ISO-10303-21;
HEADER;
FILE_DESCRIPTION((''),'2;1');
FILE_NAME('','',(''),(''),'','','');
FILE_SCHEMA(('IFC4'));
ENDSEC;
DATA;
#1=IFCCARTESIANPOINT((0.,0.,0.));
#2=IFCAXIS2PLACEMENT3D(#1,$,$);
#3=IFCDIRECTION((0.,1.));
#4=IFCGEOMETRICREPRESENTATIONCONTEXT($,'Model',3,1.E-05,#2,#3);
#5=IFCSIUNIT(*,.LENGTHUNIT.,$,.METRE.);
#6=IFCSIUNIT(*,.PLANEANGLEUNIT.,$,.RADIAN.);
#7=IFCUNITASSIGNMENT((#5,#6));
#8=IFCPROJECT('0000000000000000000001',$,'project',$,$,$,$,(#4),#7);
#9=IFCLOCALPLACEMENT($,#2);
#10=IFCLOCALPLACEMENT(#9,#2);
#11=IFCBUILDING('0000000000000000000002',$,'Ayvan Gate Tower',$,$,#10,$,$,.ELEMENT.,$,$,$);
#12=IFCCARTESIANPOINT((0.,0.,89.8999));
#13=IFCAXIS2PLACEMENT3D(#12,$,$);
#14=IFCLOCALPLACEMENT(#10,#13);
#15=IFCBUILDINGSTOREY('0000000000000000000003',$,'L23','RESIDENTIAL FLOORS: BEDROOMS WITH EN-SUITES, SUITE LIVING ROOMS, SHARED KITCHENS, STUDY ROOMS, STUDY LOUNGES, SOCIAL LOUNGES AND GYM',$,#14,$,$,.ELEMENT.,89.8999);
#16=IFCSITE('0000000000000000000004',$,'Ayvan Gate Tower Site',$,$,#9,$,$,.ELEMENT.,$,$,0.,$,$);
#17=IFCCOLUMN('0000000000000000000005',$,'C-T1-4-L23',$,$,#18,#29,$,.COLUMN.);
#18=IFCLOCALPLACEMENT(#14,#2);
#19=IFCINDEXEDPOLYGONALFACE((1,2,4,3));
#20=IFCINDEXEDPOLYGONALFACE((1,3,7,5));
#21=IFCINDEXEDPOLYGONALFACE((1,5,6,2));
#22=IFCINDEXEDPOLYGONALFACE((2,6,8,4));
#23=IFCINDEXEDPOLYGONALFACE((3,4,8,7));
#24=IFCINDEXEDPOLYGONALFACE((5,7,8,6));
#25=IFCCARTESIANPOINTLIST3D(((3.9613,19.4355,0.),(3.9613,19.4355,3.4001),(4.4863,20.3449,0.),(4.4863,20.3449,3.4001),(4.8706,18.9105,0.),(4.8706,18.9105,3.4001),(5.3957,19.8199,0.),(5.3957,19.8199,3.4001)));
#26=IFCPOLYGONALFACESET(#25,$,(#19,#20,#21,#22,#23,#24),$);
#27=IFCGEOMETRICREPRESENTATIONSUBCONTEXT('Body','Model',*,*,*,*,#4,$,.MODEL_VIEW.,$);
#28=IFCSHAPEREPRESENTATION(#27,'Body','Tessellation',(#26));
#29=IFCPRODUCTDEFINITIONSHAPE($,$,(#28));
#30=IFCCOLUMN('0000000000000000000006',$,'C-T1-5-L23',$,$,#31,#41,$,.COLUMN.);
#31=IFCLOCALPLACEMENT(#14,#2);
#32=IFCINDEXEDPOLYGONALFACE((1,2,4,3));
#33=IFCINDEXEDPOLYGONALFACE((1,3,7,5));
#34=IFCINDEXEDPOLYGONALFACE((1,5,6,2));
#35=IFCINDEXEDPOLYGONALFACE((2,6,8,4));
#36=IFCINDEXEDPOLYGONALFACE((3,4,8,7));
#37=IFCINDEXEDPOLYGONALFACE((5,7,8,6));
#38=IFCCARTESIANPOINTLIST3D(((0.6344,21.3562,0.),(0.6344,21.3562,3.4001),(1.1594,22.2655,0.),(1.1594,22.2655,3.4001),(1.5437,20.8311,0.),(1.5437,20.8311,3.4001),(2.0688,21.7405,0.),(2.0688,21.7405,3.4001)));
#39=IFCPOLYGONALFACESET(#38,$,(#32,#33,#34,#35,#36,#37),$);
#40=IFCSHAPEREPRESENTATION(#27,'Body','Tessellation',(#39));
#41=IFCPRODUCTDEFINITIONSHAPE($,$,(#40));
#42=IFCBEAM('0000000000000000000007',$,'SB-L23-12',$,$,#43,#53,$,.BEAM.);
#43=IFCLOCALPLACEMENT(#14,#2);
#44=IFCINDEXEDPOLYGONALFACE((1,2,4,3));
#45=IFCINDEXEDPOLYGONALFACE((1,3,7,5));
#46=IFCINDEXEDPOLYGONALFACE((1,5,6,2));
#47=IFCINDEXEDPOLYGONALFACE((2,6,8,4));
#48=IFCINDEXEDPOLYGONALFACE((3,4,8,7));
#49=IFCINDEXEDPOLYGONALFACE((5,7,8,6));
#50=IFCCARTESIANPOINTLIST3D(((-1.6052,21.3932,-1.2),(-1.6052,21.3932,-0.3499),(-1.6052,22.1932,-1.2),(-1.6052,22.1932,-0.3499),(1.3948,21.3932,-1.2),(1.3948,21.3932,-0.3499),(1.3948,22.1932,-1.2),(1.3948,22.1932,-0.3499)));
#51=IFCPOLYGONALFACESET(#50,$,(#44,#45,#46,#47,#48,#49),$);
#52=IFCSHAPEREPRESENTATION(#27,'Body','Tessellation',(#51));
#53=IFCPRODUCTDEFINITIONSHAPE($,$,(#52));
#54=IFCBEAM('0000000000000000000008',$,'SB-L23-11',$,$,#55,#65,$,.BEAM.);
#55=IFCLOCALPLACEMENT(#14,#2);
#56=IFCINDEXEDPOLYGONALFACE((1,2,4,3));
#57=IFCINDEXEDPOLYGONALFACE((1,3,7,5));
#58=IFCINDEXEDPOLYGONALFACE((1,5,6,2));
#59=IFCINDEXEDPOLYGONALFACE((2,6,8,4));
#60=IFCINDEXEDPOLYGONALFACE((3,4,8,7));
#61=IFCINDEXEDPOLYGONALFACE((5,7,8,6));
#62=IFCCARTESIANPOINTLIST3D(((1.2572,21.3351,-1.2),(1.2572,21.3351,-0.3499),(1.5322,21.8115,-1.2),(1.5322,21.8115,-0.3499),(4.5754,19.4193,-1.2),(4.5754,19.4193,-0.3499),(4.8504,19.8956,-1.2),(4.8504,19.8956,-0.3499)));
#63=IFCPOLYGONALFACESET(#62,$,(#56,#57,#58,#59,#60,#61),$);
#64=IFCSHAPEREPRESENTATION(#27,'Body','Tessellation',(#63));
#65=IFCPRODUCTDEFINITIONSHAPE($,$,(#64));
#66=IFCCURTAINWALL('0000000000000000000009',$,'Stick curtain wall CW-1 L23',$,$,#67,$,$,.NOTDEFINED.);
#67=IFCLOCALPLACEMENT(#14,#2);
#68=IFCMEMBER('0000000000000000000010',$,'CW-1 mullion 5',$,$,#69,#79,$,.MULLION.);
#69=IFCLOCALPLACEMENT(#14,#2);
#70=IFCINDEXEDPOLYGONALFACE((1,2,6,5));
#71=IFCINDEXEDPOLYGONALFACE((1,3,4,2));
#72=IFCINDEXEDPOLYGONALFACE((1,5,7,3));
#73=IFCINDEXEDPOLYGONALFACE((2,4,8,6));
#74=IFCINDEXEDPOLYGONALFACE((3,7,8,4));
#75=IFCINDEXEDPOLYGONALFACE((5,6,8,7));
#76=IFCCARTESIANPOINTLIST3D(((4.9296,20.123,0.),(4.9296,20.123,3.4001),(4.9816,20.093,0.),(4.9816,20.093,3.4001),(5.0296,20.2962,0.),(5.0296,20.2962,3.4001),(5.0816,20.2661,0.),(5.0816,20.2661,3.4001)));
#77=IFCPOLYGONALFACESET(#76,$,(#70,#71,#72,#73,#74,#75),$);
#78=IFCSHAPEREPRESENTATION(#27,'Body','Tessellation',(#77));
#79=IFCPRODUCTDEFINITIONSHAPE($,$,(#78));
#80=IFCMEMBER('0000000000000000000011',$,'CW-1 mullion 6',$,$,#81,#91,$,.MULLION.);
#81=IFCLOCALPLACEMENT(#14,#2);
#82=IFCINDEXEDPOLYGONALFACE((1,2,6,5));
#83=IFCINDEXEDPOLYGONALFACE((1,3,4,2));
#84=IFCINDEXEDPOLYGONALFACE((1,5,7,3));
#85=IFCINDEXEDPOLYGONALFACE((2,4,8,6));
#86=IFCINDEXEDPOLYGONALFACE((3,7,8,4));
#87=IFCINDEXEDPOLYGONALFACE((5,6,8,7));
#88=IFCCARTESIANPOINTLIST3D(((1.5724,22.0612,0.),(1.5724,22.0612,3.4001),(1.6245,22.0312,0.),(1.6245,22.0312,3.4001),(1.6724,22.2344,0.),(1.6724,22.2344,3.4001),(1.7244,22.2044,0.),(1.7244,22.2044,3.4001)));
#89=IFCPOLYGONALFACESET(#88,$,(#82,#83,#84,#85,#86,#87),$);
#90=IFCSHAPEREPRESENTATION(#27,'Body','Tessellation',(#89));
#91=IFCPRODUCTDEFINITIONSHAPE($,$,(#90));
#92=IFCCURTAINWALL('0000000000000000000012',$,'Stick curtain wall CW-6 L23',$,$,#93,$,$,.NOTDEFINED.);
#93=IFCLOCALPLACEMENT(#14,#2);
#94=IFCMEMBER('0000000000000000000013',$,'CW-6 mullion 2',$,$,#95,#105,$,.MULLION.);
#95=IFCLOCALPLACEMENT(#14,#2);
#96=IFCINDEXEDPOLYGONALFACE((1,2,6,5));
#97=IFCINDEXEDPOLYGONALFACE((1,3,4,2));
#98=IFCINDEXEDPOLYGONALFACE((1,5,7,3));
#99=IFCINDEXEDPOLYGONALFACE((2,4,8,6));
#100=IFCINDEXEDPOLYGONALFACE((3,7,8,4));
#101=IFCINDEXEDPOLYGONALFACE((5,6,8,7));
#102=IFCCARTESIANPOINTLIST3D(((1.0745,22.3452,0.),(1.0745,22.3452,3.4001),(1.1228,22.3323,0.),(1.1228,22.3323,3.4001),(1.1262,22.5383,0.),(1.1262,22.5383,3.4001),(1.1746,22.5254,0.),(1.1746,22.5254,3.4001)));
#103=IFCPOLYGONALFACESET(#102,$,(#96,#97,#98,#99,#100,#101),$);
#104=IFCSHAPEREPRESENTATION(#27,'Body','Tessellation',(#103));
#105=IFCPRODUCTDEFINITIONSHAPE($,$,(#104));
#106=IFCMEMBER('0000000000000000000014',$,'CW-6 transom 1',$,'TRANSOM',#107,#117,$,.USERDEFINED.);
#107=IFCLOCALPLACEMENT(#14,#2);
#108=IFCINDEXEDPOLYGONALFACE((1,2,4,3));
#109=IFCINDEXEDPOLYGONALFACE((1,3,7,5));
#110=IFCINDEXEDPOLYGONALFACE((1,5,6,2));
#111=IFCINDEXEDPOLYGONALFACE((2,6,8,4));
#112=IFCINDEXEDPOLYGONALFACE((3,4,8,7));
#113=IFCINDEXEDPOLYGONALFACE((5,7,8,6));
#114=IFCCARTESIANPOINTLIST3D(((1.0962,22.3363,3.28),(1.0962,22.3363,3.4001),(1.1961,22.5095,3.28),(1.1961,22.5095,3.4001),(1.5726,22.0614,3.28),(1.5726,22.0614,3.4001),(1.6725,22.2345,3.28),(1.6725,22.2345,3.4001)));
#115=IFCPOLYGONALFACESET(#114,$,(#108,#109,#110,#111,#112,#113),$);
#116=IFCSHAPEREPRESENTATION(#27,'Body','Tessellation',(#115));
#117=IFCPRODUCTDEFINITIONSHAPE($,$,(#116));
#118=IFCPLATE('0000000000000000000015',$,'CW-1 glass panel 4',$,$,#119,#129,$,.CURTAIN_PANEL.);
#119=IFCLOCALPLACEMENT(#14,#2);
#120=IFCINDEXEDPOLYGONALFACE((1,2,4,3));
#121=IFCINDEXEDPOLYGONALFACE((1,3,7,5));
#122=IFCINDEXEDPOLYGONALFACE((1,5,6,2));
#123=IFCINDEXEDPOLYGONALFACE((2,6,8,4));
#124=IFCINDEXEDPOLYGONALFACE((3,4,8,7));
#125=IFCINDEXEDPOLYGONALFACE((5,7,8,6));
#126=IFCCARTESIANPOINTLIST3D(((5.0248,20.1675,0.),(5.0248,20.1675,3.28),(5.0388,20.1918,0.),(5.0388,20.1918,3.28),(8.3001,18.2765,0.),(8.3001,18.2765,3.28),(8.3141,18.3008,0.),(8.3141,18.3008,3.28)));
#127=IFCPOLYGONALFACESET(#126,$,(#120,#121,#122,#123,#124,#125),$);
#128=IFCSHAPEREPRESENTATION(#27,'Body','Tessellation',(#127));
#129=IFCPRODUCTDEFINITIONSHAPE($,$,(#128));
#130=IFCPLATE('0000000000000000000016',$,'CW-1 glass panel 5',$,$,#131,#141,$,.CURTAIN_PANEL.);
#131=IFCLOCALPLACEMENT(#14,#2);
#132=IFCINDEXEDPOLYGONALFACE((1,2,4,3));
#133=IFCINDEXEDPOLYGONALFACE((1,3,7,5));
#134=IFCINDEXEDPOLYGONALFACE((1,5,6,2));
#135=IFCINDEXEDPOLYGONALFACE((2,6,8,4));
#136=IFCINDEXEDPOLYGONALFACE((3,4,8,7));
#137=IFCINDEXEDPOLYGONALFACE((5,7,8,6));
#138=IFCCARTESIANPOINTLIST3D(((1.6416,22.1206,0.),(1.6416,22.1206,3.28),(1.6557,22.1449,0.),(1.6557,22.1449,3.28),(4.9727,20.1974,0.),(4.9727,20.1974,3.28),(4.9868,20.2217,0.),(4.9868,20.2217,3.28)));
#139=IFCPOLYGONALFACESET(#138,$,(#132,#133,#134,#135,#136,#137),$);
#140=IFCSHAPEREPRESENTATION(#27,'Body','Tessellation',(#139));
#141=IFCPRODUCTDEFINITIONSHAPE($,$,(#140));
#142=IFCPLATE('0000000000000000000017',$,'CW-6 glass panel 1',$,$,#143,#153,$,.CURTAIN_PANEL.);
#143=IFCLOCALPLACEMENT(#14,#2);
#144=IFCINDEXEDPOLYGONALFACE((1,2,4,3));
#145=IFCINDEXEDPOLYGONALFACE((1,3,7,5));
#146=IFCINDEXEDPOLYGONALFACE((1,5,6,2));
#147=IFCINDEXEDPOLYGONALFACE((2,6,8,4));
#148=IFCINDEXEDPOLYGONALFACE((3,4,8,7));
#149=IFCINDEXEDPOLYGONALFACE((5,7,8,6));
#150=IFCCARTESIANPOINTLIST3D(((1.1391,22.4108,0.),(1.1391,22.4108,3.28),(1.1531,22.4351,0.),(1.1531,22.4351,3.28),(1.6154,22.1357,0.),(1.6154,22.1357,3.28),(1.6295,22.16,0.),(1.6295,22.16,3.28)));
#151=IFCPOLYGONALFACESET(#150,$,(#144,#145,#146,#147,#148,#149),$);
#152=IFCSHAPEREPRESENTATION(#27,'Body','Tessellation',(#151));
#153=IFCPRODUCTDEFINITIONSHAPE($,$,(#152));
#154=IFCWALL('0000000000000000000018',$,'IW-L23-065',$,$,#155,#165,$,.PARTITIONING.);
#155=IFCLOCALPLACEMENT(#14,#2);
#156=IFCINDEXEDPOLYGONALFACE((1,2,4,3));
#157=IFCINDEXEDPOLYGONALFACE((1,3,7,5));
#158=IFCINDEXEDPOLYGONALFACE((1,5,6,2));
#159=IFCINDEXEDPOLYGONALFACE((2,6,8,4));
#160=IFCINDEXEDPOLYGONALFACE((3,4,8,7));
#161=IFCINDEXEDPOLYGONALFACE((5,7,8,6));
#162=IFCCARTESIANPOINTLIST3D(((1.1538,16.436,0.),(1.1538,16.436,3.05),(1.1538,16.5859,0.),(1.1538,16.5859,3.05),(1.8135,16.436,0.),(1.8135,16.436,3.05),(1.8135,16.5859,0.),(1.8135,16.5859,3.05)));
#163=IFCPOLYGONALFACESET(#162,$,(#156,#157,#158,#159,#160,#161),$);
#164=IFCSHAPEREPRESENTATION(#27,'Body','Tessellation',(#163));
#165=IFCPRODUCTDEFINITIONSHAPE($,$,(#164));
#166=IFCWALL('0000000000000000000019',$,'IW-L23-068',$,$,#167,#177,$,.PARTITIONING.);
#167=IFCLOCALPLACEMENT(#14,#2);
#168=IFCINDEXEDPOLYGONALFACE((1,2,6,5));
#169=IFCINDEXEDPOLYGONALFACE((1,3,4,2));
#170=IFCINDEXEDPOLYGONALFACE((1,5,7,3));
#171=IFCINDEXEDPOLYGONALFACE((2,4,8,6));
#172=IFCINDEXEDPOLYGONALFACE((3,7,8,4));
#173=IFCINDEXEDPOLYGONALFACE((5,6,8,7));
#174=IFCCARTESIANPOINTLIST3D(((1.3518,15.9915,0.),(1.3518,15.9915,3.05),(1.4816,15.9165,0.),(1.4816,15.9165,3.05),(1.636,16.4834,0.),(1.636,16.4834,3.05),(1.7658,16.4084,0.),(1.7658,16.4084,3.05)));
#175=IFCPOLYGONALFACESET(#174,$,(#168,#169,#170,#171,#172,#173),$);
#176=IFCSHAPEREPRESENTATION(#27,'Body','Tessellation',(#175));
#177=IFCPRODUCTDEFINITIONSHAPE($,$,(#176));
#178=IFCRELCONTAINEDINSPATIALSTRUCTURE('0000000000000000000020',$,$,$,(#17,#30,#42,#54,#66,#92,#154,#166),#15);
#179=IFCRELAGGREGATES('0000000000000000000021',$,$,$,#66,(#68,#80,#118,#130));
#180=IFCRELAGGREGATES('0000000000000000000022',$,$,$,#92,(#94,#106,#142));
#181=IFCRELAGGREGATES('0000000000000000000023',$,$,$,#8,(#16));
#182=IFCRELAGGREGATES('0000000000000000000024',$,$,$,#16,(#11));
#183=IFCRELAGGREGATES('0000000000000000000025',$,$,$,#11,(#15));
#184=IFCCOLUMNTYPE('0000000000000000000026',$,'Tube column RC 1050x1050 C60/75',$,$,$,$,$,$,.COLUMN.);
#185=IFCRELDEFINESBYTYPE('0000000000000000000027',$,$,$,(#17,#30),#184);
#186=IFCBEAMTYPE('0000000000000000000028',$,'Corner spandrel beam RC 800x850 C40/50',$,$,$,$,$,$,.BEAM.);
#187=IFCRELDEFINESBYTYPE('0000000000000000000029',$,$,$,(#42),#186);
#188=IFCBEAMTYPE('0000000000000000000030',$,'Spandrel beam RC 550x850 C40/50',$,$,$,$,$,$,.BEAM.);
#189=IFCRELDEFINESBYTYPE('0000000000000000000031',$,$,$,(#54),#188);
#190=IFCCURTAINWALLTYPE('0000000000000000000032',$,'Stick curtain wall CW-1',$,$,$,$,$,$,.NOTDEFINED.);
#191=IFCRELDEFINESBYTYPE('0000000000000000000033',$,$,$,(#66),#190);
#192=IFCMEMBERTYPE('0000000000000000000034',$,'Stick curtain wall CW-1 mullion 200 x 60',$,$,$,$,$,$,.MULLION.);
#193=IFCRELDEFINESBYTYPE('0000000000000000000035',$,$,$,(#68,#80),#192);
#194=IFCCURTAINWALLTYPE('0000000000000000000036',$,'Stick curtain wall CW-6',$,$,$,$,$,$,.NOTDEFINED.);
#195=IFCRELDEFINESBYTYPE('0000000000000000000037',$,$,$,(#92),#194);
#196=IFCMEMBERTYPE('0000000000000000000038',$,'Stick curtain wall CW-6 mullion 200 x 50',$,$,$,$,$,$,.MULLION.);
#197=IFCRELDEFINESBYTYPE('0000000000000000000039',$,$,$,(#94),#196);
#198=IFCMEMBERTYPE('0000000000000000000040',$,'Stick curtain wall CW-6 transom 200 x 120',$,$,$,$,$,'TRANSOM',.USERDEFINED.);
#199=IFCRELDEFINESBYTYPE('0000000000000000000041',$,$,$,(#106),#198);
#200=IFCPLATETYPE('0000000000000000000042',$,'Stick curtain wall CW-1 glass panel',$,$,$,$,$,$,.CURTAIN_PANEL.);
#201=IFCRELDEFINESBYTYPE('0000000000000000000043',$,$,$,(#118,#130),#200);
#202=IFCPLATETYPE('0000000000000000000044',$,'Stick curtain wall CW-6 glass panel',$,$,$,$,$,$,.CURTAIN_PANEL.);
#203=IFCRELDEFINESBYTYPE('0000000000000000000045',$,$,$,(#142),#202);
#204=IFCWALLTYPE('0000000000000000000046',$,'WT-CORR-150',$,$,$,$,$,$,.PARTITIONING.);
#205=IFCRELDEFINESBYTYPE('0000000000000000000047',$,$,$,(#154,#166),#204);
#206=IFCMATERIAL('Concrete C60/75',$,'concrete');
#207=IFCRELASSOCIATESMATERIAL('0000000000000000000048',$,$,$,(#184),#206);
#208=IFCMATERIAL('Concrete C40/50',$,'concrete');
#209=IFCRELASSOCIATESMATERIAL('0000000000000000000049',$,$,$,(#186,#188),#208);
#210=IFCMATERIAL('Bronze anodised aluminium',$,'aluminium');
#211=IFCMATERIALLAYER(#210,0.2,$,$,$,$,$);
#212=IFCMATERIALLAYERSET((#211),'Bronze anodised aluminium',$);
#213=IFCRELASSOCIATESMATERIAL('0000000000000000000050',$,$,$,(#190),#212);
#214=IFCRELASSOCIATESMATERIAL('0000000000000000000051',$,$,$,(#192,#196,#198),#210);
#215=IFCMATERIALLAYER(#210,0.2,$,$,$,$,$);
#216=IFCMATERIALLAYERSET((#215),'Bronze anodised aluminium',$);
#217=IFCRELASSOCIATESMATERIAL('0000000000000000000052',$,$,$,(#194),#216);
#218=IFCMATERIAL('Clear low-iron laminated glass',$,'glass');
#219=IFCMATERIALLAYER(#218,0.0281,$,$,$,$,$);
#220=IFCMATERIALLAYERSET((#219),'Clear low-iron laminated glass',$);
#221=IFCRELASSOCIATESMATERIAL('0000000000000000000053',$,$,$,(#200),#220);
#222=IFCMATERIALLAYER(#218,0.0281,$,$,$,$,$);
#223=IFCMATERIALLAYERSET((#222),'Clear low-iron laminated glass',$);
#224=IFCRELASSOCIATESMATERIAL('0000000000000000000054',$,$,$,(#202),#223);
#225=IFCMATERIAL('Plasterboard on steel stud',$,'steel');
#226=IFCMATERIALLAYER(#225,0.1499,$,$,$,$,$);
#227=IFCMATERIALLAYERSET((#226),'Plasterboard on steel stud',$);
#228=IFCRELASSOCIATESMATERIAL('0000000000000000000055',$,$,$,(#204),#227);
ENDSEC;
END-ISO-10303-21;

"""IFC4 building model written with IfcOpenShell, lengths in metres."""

from ifc_helpers import new_model, si_unit, direction, frame, frame_2d, origin, origin_2d, place, context, subcontext, project, spatial, rectangle, extrude, material, layer, layer_set, material_profile, profile_set, type_object, element, aggregate, save


model = new_model("IFC4")

# Units and contexts
model_context = context("Model", 3, precision=1e-05, world=origin(), true_north=direction((0.0, 1.0)))
body_context = subcontext(model_context, "Body", "Model", "MODEL_VIEW")
ifc_project = project(units=[si_unit("LENGTHUNIT", "METRE"), si_unit("PLANEANGLEUNIT", "RADIAN")], contexts=[model_context])

# Site, building, storey
site_placement = place(None, origin())
site = spatial("IfcSite", under=ifc_project, at=site_placement, Name="Ayvan Gate Tower Site", CompositionType="ELEMENT", RefElevation=0.0)
building_placement = place(site_placement, origin())
building = spatial("IfcBuilding", under=site, at=building_placement, Name="Ayvan Gate Tower", CompositionType="ELEMENT")
storey_placement = place(building_placement, frame((0.0, 0.0, 89.8999)))
storey = spatial("IfcBuildingStorey", under=building, at=storey_placement, Name="L23", Description="RESIDENTIAL FLOORS: BEDROOMS WITH EN-SUITES, SUITE LIVING ROOMS, SHARED KITCHENS, STUDY ROOMS, STUDY LOUNGES, SOCIAL LOUNGES AND GYM", CompositionType="ELEMENT", Elevation=89.8999)

# Columns
ifc_material_1 = material(Name="Concrete C60/75", Category="concrete")
ifc_material_profile_1 = material_profile(ifc_material_1, rectangle(XDim=1.05, YDim=1.05, at=origin_2d()), Name="RC 1050x1050")
ifc_profile_set_1 = profile_set([ifc_material_profile_1], Name="Concrete C60/75")
column_type = type_object("IfcColumnType", Name="Tube column RC 1050x1050 C60/75", PredefinedType="COLUMN", material=ifc_profile_set_1)
for number, where, z_axis, x_axis, name in (
    (1, (4.6785, 19.6277, 0.0), (0.0, 0.0, 1.0), (0.5, 0.866025, 0.0), "C-T1-4-L23"),
    (2, (1.3516, 21.5483, 0.0), (0.0, 0.0, 1.0), (0.5, 0.866025, 0.0), "C-T1-5-L23"),
):
    element("IfcColumn", number, at=place(storey_placement, frame(where, z_axis=z_axis, x_axis=x_axis)), inside=storey, type_object=column_type, Name=name, PredefinedType="COLUMN", context=body_context, shape_type="SweptSolid", body=[
        extrude(rectangle(XDim=1.05, YDim=1.05, at=origin_2d()), origin(), (0.0, 0.0, 1.0), 3.4001),
    ])

# Beams
ifc_material_2 = material(Name="Concrete C40/50", Category="concrete")
ifc_material_profile_2 = material_profile(ifc_material_2, rectangle(XDim=0.8, YDim=0.8501, at=origin_2d()), Name="RC 800x850")
ifc_profile_set_2 = profile_set([ifc_material_profile_2], Name="Concrete C40/50")
beam_type_1 = type_object("IfcBeamType", Name="Corner spandrel beam RC 800x850 C40/50", PredefinedType="BEAM", material=ifc_profile_set_2)
beam_1_placement = place(storey_placement, frame((1.3948, 21.7932, -0.7749), z_axis=(-1.0, 0.0, 0.0), x_axis=(0.0, -1.0, 0.0)))
element("IfcBeam", 3, at=beam_1_placement, inside=storey, type_object=beam_type_1, Name="SB-L23-12", PredefinedType="BEAM", context=body_context, shape_type="SweptSolid", body=[
    extrude(rectangle(XDim=0.8, YDim=0.8501, at=origin_2d()), origin(), (0.0, 0.0, 1.0), 3.0),
])
ifc_material_profile_3 = material_profile(ifc_material_2, rectangle(XDim=0.55, YDim=0.8501, at=origin_2d()), Name="RC 550x850")
ifc_profile_set_3 = profile_set([ifc_material_profile_3], Name="Concrete C40/50")
beam_type_2 = type_object("IfcBeamType", Name="Spandrel beam RC 550x850 C40/50", PredefinedType="BEAM", material=ifc_profile_set_3)
beam_2_placement = place(storey_placement, frame((4.7129, 19.6575, -0.7749), z_axis=(-0.866019, 0.500011, 0.0), x_axis=(-0.500011, -0.866019, 0.0)))
element("IfcBeam", 4, at=beam_2_placement, inside=storey, type_object=beam_type_2, Name="SB-L23-11", PredefinedType="BEAM", context=body_context, shape_type="SweptSolid", body=[
    extrude(rectangle(XDim=0.55, YDim=0.8501, at=origin_2d()), origin(), (0.0, 0.0, 1.0), 3.8315),
])

# Curtain walls, members
ifc_material_3 = material(Name="Bronze anodised aluminium", Category="aluminium")
ifc_layer_1 = layer(ifc_material_3, 0.2)
ifc_layer_set_1 = layer_set([ifc_layer_1], Name="Bronze anodised aluminium")
curtain_wall_type_1 = type_object("IfcCurtainWallType", Name="Stick curtain wall CW-1", PredefinedType="NOTDEFINED", material=ifc_layer_set_1)
curtain_wall_1_placement = place(storey_placement, origin())
curtain_wall_1 = element("IfcCurtainWall", 5, at=curtain_wall_1_placement, inside=storey, type_object=curtain_wall_type_1, Name="Stick curtain wall CW-1 L23", PredefinedType="NOTDEFINED")
ifc_material_profile_4 = material_profile(ifc_material_3, rectangle(XDim=0.2, YDim=0.0601, at=origin_2d()), Name="Stick curtain wall CW-1 mullion 200 x 60")
ifc_profile_set_4 = profile_set([ifc_material_profile_4], Name="Bronze anodised aluminium")
member_type_1 = type_object("IfcMemberType", Name="Stick curtain wall CW-1 mullion 200 x 60", PredefinedType="MULLION", material=ifc_profile_set_4)
member_1_placement = place(storey_placement, frame((5.0056, 20.1946, 0.0), z_axis=(0.0, 0.0, 1.0), x_axis=(0.5, 0.866025, 0.0)))
member_1 = element("IfcMember", 6, at=member_1_placement, type_object=member_type_1, Name="CW-1 mullion 5", PredefinedType="MULLION", context=body_context, shape_type="SweptSolid", body=[
    extrude(rectangle(XDim=0.2, YDim=0.0601, at=origin_2d()), origin(), (0.0, 0.0, 1.0), 3.4001),
])
member_2_placement = place(storey_placement, frame((1.6484, 22.1328, 0.0), z_axis=(0.0, 0.0, 1.0), x_axis=(0.5, 0.866025, 0.0)))
member_2 = element("IfcMember", 7, at=member_2_placement, type_object=member_type_1, Name="CW-1 mullion 6", PredefinedType="MULLION", context=body_context, shape_type="SweptSolid", body=[
    extrude(rectangle(XDim=0.2, YDim=0.0601, at=origin_2d()), origin(), (0.0, 0.0, 1.0), 3.4001),
])
ifc_layer_2 = layer(ifc_material_3, 0.2)
ifc_layer_set_2 = layer_set([ifc_layer_2], Name="Bronze anodised aluminium")
curtain_wall_type_2 = type_object("IfcCurtainWallType", Name="Stick curtain wall CW-6", PredefinedType="NOTDEFINED", material=ifc_layer_set_2)
curtain_wall_2_placement = place(storey_placement, origin())
curtain_wall_2 = element("IfcCurtainWall", 8, at=curtain_wall_2_placement, inside=storey, type_object=curtain_wall_type_2, Name="Stick curtain wall CW-6 L23", PredefinedType="NOTDEFINED")
ifc_material_profile_5 = material_profile(ifc_material_3, rectangle(XDim=0.2, YDim=0.05, at=origin_2d()), Name="Stick curtain wall CW-6 mullion 200 x 50")
ifc_profile_set_5 = profile_set([ifc_material_profile_5], Name="Bronze anodised aluminium")
member_type_2 = type_object("IfcMemberType", Name="Stick curtain wall CW-6 mullion 200 x 50", PredefinedType="MULLION", material=ifc_profile_set_5)
member_3_placement = place(storey_placement, frame((1.1245, 22.4353, 0.0), z_axis=(0.0, 0.0, 1.0), x_axis=(0.258819, 0.965926, 0.0)))
member_3 = element("IfcMember", 9, at=member_3_placement, type_object=member_type_2, Name="CW-6 mullion 2", PredefinedType="MULLION", context=body_context, shape_type="SweptSolid", body=[
    extrude(rectangle(XDim=0.2, YDim=0.05, at=origin_2d()), origin(), (0.0, 0.0, 1.0), 3.4001),
])
ifc_material_profile_6 = material_profile(ifc_material_3, rectangle(XDim=0.2, YDim=0.1201, at=origin_2d()), Name="Stick curtain wall CW-6 transom 200 x 120")
ifc_profile_set_6 = profile_set([ifc_material_profile_6], Name="Bronze anodised aluminium")
member_type_3 = type_object("IfcMemberType", Name="Stick curtain wall CW-6 transom 200 x 120", ElementType="TRANSOM", PredefinedType="USERDEFINED", material=ifc_profile_set_6)
member_4_placement = place(storey_placement, frame((1.6226, 22.1479, 3.3401), z_axis=(-0.866104, 0.499863, 0.0), x_axis=(-0.499863, -0.866104, 0.0)))
member_4 = element("IfcMember", 10, at=member_4_placement, type_object=member_type_3, Name="CW-6 transom 1", ObjectType="TRANSOM", PredefinedType="USERDEFINED", context=body_context, shape_type="SweptSolid", body=[
    extrude(rectangle(XDim=0.2, YDim=0.1201, at=origin_2d()), origin(), (0.0, 0.0, 1.0), 0.55),
])

# Plates
ifc_material_4 = material(Name="Clear low-iron laminated glass", Category="glass")
ifc_layer_3 = layer(ifc_material_4, 0.0281)
ifc_layer_set_3 = layer_set([ifc_layer_3], Name="Clear low-iron laminated glass")
plate_type_1 = type_object("IfcPlateType", Name="Stick curtain wall CW-1 glass panel", PredefinedType="CURTAIN_PANEL", material=ifc_layer_set_3)
plate_1_placement = place(storey_placement, frame((6.6694, 19.2341, 0.0), z_axis=(0.0, 0.0, 1.0), x_axis=(-0.866025, 0.5, 0.0)))
plate_1 = element("IfcPlate", 11, at=plate_1_placement, type_object=plate_type_1, Name="CW-1 glass panel 4", PredefinedType="CURTAIN_PANEL", context=body_context, shape_type="SweptSolid", body=[
    extrude(rectangle(XDim=3.782, YDim=0.0281, at=origin_2d()), origin(), (0.0, 0.0, 1.0), 3.28),
])
plate_2_placement = place(storey_placement, frame((3.3142, 21.1711, 0.0), z_axis=(0.0, 0.0, 1.0), x_axis=(-0.866025, 0.5, 0.0)))
plate_2 = element("IfcPlate", 12, at=plate_2_placement, type_object=plate_type_1, Name="CW-1 glass panel 5", PredefinedType="CURTAIN_PANEL", context=body_context, shape_type="SweptSolid", body=[
    extrude(rectangle(XDim=3.8464, YDim=0.0281, at=origin_2d()), origin(), (0.0, 0.0, 1.0), 3.28),
])
aggregate(curtain_wall_1, [member_1, member_2, plate_1, plate_2])
ifc_layer_4 = layer(ifc_material_4, 0.0281)
ifc_layer_set_4 = layer_set([ifc_layer_4], Name="Clear low-iron laminated glass")
plate_type_2 = type_object("IfcPlateType", Name="Stick curtain wall CW-6 glass panel", PredefinedType="CURTAIN_PANEL", material=ifc_layer_set_4)
plate_3_placement = place(storey_placement, frame((1.3843, 22.2854, 0.0), z_axis=(0.0, 0.0, 1.0), x_axis=(-0.866025, 0.5, 0.0)))
plate_3 = element("IfcPlate", 13, at=plate_3_placement, type_object=plate_type_2, Name="CW-6 glass panel 1", PredefinedType="CURTAIN_PANEL", context=body_context, shape_type="SweptSolid", body=[
    extrude(rectangle(XDim=0.55, YDim=0.0281, at=origin_2d()), origin(), (0.0, 0.0, 1.0), 3.28),
])
aggregate(curtain_wall_2, [member_3, member_4, plate_3])

# Walls
ifc_material_5 = material(Name="Plasterboard on steel stud", Category="steel")
ifc_layer_5 = layer(ifc_material_5, 0.1499)
ifc_layer_set_5 = layer_set([ifc_layer_5], Name="Plasterboard on steel stud")
wall_type_1 = type_object("IfcWallType", Name="WT-CORR-150", PredefinedType="PARTITIONING", material=ifc_layer_set_5)
wall_1_placement = place(storey_placement, frame((1.1538, 16.511, 0.0), z_axis=(0.0, 0.0, 1.0), x_axis=(1.0, 0.0, 0.0)))
element("IfcWall", 14, at=wall_1_placement, inside=storey, type_object=wall_type_1, Name="IW-L23-065", PredefinedType="PARTITIONING", context=body_context, shape_type="SweptSolid", body=[
    extrude(rectangle(XDim=0.6597, YDim=0.1499, at=frame_2d((0.3298, 0.0))), origin(), (0.0, 0.0, 1.0), 3.05),
])
wall_2_placement = place(storey_placement, frame((1.7009, 16.446, 0.0), z_axis=(0.0, 0.0, 1.0), x_axis=(-0.500206, -0.865906, 0.0)))
element("IfcWall", 15, at=wall_2_placement, inside=storey, type_object=wall_type_1, Name="IW-L23-068", PredefinedType="PARTITIONING", context=body_context, shape_type="SweptSolid", body=[
    extrude(rectangle(XDim=0.5681, YDim=0.1499, at=frame_2d((0.2842, 0.0))), origin(), (0.0, 0.0, 1.0), 3.05),
])

save(model, "model.ifc")
